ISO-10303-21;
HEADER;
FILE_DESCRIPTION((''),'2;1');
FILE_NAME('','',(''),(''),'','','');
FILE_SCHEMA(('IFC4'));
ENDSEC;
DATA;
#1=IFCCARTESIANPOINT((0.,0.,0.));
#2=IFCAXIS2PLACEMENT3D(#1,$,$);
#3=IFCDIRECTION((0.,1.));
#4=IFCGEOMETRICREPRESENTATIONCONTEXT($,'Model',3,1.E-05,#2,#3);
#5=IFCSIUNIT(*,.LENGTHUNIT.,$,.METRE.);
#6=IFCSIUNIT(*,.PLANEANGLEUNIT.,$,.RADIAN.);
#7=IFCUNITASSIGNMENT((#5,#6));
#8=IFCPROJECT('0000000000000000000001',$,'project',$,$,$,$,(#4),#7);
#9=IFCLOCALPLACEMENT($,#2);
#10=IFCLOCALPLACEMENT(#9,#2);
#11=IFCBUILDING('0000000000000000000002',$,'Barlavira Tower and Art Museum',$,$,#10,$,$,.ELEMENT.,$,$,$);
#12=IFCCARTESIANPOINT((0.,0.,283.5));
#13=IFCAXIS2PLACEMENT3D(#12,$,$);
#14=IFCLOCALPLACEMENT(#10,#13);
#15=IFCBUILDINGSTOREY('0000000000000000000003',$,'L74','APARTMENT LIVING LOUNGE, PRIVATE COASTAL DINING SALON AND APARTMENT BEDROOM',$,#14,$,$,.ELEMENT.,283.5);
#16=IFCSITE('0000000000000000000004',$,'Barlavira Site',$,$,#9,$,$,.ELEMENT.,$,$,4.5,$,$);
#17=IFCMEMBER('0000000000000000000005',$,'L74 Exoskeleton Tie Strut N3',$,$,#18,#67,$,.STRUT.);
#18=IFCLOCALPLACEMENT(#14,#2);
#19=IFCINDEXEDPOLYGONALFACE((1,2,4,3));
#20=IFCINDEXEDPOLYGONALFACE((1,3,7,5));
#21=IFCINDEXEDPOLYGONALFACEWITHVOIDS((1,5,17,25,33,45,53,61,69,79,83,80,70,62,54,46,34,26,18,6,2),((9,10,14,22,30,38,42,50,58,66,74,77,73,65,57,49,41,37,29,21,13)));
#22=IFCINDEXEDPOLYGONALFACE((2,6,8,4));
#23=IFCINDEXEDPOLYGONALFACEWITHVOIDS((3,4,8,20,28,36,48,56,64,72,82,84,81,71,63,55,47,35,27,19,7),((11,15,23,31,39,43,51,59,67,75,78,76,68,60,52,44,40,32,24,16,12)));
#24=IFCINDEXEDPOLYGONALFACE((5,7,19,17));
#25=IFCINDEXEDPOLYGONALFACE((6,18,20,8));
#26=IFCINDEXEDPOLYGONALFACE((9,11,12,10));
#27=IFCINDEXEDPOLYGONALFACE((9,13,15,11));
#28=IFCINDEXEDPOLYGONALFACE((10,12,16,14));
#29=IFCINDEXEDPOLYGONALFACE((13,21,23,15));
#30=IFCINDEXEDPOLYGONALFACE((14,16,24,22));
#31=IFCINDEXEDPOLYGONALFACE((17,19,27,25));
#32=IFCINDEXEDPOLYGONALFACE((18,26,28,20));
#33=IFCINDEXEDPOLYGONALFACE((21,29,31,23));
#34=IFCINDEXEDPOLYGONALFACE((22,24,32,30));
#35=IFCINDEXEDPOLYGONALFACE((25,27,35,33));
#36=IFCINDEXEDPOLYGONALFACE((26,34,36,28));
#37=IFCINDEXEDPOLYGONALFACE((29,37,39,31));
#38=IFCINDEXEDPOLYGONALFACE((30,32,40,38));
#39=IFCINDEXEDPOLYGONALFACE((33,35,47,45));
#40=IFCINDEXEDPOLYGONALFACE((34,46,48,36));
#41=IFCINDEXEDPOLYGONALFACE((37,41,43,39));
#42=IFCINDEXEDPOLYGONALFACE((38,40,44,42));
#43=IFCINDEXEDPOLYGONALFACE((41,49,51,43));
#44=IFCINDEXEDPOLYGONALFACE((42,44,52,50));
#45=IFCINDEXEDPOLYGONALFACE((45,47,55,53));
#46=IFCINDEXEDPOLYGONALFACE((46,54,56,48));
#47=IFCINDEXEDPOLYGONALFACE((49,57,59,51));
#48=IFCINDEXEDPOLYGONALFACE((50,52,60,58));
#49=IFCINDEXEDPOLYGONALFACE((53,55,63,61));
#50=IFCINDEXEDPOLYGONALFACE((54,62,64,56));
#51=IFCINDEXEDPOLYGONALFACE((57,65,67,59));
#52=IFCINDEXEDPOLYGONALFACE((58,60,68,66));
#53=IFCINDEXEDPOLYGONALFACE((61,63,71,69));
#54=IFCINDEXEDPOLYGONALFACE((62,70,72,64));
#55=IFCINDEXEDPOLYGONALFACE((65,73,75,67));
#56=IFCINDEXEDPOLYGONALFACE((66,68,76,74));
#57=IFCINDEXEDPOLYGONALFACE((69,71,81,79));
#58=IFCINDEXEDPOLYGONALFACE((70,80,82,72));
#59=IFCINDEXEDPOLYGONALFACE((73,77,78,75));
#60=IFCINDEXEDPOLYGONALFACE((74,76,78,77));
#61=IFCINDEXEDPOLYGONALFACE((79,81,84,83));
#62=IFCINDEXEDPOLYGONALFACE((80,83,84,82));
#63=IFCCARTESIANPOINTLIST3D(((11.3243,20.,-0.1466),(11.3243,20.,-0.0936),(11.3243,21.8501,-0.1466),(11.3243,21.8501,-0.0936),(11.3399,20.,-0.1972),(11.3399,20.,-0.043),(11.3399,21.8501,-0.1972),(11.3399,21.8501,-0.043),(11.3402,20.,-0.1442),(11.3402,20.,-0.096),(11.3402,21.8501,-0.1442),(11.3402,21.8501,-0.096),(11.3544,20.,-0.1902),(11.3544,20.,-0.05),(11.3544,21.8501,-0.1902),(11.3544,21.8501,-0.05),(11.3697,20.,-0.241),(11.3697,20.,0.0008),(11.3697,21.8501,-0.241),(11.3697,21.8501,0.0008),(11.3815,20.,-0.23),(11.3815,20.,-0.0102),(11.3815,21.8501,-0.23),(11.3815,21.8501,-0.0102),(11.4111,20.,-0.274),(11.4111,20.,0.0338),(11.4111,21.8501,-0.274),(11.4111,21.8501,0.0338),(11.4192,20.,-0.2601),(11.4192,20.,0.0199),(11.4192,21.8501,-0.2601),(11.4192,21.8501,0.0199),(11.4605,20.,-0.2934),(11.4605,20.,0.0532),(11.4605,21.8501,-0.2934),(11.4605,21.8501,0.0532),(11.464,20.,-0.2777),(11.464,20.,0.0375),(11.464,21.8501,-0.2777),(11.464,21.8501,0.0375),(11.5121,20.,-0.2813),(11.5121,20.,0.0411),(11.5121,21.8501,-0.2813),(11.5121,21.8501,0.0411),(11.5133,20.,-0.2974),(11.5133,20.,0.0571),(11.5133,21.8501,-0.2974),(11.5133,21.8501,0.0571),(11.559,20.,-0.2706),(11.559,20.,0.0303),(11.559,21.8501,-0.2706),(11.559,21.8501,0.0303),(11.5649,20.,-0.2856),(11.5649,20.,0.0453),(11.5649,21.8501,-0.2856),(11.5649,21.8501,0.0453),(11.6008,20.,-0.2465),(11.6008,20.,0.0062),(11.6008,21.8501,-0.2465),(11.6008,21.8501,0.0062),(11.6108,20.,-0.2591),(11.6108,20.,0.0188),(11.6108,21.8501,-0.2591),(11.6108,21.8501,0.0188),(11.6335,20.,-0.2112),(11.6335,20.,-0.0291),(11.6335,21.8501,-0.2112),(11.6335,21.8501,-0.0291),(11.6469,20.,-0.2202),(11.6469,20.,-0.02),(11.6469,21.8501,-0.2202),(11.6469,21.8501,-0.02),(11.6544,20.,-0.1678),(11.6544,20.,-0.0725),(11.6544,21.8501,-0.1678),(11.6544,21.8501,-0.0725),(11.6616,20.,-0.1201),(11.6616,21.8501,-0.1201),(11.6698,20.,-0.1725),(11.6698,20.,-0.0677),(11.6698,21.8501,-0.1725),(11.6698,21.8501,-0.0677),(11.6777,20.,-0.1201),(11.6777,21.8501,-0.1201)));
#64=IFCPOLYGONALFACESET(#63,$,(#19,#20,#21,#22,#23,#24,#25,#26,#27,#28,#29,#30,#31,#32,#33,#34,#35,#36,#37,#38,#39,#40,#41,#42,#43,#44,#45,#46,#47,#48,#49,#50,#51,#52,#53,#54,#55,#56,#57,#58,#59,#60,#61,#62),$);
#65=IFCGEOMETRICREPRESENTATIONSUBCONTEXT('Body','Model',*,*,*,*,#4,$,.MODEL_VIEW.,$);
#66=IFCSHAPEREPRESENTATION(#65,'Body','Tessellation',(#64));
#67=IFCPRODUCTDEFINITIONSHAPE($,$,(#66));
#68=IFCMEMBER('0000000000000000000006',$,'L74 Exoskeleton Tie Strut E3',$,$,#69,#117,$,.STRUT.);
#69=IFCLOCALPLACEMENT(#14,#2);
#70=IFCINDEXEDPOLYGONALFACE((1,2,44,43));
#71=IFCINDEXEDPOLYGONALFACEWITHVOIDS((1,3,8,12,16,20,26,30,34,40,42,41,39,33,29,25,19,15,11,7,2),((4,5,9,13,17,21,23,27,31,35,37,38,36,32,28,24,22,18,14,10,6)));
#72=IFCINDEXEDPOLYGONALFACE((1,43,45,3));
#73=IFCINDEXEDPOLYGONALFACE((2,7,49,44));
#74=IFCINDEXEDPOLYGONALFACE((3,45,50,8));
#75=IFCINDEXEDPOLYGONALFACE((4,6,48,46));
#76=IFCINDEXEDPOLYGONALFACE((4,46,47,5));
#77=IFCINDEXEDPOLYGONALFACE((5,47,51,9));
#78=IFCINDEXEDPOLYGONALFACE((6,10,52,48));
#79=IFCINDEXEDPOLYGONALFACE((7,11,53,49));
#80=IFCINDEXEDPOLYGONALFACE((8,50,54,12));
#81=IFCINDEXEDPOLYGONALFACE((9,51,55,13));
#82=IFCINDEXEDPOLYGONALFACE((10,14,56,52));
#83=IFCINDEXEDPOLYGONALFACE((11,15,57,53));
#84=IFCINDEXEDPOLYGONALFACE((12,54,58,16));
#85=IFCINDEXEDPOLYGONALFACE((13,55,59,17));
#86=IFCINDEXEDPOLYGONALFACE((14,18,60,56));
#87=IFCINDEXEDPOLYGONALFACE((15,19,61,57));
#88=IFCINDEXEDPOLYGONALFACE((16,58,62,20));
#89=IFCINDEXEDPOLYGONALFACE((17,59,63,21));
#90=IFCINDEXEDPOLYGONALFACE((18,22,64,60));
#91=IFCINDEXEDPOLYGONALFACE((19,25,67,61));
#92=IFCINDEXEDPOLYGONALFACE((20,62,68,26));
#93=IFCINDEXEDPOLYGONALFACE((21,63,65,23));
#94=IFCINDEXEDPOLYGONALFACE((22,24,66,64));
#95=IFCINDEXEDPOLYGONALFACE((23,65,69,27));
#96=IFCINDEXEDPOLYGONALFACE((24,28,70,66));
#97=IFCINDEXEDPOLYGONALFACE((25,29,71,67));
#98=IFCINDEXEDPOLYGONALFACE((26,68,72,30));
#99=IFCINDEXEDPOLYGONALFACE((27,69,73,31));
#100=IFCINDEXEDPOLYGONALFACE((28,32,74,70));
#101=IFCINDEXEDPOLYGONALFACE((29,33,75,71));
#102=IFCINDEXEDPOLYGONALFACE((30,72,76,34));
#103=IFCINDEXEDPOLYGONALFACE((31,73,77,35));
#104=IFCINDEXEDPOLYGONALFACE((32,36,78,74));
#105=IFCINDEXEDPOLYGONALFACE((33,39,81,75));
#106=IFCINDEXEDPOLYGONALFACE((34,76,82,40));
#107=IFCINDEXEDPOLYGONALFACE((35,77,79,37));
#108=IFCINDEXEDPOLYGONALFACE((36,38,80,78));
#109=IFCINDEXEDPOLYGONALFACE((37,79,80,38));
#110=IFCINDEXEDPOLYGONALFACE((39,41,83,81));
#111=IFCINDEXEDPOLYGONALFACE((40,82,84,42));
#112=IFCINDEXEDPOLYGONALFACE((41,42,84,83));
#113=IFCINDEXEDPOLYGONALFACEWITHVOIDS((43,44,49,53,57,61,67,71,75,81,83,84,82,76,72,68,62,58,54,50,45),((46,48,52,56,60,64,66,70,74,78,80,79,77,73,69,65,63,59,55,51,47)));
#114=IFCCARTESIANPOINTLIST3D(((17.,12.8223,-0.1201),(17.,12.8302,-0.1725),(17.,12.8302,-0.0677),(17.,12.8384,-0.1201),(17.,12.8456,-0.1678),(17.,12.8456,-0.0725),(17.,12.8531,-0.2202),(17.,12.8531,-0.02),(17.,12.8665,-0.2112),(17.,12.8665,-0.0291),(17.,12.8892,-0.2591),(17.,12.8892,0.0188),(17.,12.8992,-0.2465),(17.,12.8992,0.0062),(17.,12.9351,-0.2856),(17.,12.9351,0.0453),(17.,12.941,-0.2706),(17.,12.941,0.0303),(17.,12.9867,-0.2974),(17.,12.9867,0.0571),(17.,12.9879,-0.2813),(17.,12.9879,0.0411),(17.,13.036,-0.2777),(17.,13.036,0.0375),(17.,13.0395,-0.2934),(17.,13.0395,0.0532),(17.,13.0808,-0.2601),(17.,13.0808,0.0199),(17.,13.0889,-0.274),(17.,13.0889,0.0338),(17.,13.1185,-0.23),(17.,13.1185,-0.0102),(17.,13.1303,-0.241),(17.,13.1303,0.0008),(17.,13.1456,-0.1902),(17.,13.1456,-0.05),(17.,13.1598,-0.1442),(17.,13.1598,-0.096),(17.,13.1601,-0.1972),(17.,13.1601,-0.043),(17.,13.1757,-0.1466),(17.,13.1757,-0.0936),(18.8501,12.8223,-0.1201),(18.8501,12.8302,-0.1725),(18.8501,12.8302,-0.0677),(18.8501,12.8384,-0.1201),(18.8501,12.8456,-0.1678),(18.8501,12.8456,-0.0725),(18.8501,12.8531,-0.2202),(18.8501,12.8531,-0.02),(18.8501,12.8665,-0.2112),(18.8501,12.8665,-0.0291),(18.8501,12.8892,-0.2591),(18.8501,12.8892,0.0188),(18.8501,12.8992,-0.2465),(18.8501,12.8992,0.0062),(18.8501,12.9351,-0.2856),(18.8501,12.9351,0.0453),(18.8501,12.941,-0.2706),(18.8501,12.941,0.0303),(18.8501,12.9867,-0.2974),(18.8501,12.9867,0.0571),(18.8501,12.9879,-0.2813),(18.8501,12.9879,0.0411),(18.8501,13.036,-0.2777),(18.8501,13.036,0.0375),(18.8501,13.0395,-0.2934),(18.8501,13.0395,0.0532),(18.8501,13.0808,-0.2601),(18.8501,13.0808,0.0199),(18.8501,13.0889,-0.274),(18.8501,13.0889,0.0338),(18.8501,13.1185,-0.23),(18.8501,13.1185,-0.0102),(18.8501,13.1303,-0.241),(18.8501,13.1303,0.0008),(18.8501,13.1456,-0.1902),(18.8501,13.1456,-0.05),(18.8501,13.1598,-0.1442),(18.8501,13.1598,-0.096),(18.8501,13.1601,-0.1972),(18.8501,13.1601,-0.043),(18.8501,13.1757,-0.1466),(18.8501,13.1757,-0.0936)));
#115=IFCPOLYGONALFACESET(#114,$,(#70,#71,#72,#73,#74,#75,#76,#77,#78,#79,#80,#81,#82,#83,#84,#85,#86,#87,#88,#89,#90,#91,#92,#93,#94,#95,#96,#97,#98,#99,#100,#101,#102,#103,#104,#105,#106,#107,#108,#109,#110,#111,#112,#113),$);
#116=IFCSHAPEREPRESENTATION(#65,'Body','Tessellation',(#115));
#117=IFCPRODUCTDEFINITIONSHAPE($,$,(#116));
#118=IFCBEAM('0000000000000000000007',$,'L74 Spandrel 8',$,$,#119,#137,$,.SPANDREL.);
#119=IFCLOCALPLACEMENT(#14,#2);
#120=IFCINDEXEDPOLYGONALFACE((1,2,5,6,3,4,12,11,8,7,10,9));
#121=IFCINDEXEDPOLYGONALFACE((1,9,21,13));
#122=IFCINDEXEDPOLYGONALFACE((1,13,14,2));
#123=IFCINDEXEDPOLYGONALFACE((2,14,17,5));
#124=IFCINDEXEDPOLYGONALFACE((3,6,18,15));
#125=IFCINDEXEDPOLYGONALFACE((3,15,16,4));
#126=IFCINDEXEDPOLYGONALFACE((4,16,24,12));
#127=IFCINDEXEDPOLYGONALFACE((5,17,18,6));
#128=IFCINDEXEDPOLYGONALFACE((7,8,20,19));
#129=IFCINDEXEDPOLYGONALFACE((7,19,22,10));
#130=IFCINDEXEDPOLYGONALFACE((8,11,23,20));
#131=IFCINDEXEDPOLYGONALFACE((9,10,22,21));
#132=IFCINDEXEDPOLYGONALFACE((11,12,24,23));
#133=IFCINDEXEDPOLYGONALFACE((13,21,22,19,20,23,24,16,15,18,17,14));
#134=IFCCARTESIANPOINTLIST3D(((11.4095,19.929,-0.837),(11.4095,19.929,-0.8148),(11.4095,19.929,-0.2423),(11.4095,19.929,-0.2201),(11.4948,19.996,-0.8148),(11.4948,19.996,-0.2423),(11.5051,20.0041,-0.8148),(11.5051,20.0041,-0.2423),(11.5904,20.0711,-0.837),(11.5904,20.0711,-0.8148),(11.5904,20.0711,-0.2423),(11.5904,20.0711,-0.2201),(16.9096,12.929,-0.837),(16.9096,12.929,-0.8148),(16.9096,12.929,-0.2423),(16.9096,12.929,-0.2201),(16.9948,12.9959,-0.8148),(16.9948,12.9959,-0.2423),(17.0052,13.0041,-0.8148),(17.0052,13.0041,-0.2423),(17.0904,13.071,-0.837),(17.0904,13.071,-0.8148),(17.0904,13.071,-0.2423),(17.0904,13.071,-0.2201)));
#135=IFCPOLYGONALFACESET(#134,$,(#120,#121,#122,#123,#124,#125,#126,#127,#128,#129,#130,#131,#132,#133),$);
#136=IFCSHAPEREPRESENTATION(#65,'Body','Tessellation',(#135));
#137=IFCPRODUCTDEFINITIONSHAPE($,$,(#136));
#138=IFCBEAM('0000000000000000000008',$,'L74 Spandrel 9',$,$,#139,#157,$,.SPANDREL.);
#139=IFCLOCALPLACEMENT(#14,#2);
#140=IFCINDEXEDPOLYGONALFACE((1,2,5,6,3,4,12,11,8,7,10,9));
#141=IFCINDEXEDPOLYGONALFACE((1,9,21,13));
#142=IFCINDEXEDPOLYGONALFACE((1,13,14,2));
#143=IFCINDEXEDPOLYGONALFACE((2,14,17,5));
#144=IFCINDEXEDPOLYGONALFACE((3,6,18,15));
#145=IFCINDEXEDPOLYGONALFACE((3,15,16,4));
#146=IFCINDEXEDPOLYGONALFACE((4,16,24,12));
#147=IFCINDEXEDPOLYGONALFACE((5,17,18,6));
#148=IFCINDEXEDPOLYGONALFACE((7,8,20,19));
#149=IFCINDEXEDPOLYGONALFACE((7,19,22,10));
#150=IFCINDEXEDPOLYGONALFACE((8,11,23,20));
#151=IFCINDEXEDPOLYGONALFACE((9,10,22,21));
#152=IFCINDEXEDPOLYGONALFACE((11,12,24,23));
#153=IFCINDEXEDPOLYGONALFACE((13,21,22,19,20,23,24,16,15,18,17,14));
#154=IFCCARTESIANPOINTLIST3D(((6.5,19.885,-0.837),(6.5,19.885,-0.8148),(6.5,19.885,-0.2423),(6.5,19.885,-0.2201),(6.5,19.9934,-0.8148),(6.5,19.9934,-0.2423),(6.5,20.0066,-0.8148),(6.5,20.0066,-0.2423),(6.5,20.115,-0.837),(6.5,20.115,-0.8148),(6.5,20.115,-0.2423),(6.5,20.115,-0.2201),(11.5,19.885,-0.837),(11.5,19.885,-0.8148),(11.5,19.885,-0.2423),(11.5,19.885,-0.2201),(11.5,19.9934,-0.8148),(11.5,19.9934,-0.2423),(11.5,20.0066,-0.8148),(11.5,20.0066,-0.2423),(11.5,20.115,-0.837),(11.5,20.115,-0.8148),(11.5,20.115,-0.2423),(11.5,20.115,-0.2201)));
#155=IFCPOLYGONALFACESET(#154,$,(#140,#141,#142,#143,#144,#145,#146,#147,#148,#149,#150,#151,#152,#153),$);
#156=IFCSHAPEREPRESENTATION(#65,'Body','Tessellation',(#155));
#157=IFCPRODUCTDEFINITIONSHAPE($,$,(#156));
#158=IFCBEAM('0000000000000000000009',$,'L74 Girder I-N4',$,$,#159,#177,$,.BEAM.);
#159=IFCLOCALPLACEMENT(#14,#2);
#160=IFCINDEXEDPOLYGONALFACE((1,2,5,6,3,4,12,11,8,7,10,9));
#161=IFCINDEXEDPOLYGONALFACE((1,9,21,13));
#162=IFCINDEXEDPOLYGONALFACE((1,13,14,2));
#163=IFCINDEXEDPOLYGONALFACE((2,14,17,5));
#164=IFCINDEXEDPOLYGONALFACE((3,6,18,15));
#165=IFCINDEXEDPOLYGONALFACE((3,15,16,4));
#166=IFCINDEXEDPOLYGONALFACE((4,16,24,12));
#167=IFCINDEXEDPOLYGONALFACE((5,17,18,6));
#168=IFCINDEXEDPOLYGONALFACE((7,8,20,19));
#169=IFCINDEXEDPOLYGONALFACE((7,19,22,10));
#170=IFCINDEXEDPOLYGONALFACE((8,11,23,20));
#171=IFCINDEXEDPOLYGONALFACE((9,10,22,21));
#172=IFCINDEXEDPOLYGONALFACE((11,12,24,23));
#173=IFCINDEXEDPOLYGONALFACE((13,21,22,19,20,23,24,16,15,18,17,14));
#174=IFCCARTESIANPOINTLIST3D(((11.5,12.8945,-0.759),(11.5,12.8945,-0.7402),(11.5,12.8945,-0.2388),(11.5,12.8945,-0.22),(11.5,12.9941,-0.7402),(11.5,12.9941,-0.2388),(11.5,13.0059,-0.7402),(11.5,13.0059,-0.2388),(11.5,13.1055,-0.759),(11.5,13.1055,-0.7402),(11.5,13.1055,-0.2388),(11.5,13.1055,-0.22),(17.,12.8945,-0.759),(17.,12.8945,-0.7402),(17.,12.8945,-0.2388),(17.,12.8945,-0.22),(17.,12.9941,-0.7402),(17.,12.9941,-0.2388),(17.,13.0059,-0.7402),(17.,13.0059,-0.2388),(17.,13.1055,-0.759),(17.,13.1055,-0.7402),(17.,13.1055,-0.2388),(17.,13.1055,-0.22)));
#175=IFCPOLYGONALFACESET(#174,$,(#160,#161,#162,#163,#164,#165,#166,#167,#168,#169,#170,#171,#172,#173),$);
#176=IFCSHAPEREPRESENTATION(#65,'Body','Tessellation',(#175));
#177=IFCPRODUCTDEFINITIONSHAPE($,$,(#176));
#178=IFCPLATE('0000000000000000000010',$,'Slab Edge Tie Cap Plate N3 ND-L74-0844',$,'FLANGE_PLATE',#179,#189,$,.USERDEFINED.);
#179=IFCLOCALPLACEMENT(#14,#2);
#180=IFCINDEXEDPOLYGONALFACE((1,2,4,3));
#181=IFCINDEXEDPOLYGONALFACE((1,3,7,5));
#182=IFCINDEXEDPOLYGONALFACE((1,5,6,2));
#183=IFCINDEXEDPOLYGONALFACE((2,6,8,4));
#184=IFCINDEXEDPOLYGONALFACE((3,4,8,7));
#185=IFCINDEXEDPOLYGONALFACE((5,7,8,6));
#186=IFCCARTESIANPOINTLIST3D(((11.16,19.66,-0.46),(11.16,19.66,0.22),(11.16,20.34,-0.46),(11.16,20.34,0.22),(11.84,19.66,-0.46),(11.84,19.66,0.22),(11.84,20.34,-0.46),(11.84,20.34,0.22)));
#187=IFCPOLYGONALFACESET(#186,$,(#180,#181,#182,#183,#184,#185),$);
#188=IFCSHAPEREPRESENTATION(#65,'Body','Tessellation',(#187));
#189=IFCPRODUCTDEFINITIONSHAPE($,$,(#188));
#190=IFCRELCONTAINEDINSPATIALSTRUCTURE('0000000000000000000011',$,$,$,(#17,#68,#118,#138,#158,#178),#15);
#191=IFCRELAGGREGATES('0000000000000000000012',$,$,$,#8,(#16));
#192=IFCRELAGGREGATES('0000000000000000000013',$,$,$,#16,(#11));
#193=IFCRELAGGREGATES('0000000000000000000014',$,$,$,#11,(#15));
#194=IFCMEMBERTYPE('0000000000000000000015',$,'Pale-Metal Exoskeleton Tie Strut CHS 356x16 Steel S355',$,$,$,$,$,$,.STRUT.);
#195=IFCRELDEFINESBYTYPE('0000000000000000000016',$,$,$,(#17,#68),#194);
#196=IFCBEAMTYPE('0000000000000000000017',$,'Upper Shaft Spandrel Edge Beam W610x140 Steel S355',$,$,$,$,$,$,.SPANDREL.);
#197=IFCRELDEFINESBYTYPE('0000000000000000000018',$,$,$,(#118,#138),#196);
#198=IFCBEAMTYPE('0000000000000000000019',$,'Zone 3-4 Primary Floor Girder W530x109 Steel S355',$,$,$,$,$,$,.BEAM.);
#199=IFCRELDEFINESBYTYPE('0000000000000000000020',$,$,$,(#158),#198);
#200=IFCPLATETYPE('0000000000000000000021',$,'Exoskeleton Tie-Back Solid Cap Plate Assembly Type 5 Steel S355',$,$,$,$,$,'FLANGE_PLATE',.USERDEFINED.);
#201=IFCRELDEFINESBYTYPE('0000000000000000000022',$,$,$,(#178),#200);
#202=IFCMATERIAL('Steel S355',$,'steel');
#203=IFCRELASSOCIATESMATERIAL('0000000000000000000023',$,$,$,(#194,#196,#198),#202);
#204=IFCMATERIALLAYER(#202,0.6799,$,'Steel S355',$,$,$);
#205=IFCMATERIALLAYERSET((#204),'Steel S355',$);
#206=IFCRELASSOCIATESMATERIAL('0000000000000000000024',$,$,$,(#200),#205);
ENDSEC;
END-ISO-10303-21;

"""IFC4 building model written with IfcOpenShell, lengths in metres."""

from ifc_helpers import new_model, si_unit, direction, frame, origin, origin_2d, place, context, subcontext, project, spatial, rectangle, hollow_circle, i_section, extrude, material, layer, layer_set, material_profile, profile_set, type_object, element, save


model = new_model("IFC4")

# Units and contexts
model_context = context("Model", 3, precision=1e-05, world=origin(), true_north=direction((0.0, 1.0)))
body_context = subcontext(model_context, "Body", "Model", "MODEL_VIEW")
ifc_project = project(units=[si_unit("LENGTHUNIT", "METRE"), si_unit("PLANEANGLEUNIT", "RADIAN")], contexts=[model_context])

# Site, building, storey
site_placement = place(None, origin())
site = spatial("IfcSite", under=ifc_project, at=site_placement, Name="Barlavira Site", CompositionType="ELEMENT", RefElevation=4.5)
building_placement = place(site_placement, origin())
building = spatial("IfcBuilding", under=site, at=building_placement, Name="Barlavira Tower and Art Museum", CompositionType="ELEMENT")
storey_placement = place(building_placement, frame((0.0, 0.0, 283.5)))
storey = spatial("IfcBuildingStorey", under=building, at=storey_placement, Name="L74", Description="APARTMENT LIVING LOUNGE, PRIVATE COASTAL DINING SALON AND APARTMENT BEDROOM", CompositionType="ELEMENT", Elevation=283.5)

# Members
ifc_material_1 = material(Name="Steel S355", Category="steel")
ifc_material_profile_1 = material_profile(ifc_material_1, hollow_circle(Radius=0.1777, WallThickness=0.0161, at=origin_2d()), Name="CHS 355.6x16.0")
ifc_profile_set_1 = profile_set([ifc_material_profile_1], Name="Steel S355")
member_type_1 = type_object("IfcMemberType", Name="Pale-Metal Exoskeleton Tie Strut CHS 356x16 Steel S355", PredefinedType="STRUT", material=ifc_profile_set_1)
for number, where, z_axis, x_axis, name in (
    (1, (11.5, 21.8501, -0.1201), (0.0, -1.0, 0.0), (1.0, 0.0, 0.0), "L74 Exoskeleton Tie Strut N3"),
    (2, (18.8501, 13.0, -0.1201), (-1.0, 0.0, 0.0), (0.0, -1.0, 0.0), "L74 Exoskeleton Tie Strut E3"),
):
    element("IfcMember", number, at=place(storey_placement, frame(where, z_axis=z_axis, x_axis=x_axis)), inside=storey, type_object=member_type_1, Name=name, PredefinedType="STRUT", context=body_context, shape_type="SweptSolid", body=[
        extrude(hollow_circle(Radius=0.1777, WallThickness=0.0161, at=origin_2d()), origin(), (0.0, 0.0, 1.0), 1.8501),
    ])

# Beams
ifc_material_profile_2 = material_profile(ifc_material_1, i_section(OverallWidth=0.23, OverallDepth=0.6169, WebThickness=0.0132, FlangeThickness=0.0222, at=origin_2d()), Name="W610x140.0")
ifc_profile_set_2 = profile_set([ifc_material_profile_2], Name="Steel S355")
beam_type_1 = type_object("IfcBeamType", Name="Upper Shaft Spandrel Edge Beam W610x140 Steel S355", PredefinedType="SPANDREL", material=ifc_profile_set_2)
beam_1_placement = place(storey_placement, frame((17.0, 13.0, -0.5286), z_axis=(-0.617822, 0.786318, 0.0), x_axis=(-0.786318, -0.617822, 0.0)))
element("IfcBeam", 3, at=beam_1_placement, inside=storey, type_object=beam_type_1, Name="L74 Spandrel 8", PredefinedType="SPANDREL", context=body_context, shape_type="SweptSolid", body=[
    extrude(i_section(OverallWidth=0.23, OverallDepth=0.6169, WebThickness=0.0132, FlangeThickness=0.0222, at=origin_2d()), origin(), (0.0, 0.0, 1.0), 8.9023),
])
beam_2_placement = place(storey_placement, frame((6.5, 20.0, -0.5286), z_axis=(1.0, 0.0, 0.0), x_axis=(0.0, 1.0, 0.0)))
element("IfcBeam", 4, at=beam_2_placement, inside=storey, type_object=beam_type_1, Name="L74 Spandrel 9", PredefinedType="SPANDREL", context=body_context, shape_type="SweptSolid", body=[
    extrude(i_section(OverallWidth=0.23, OverallDepth=0.6169, WebThickness=0.0132, FlangeThickness=0.0222, at=origin_2d()), origin(), (0.0, 0.0, 1.0), 5.0),
])
ifc_material_profile_3 = material_profile(ifc_material_1, i_section(OverallWidth=0.2109, OverallDepth=0.5391, WebThickness=0.0117, FlangeThickness=0.0188, at=origin_2d()), Name="W530x109.0")
ifc_profile_set_3 = profile_set([ifc_material_profile_3], Name="Steel S355")
beam_type_2 = type_object("IfcBeamType", Name="Zone 3-4 Primary Floor Girder W530x109 Steel S355", PredefinedType="BEAM", material=ifc_profile_set_3)
beam_3_placement = place(storey_placement, frame((11.5, 13.0, -0.4895), z_axis=(1.0, 0.0, 0.0), x_axis=(0.0, 1.0, 0.0)))
element("IfcBeam", 5, at=beam_3_placement, inside=storey, type_object=beam_type_2, Name="L74 Girder I-N4", PredefinedType="BEAM", context=body_context, shape_type="SweptSolid", body=[
    extrude(i_section(OverallWidth=0.2109, OverallDepth=0.5391, WebThickness=0.0117, FlangeThickness=0.0188, at=origin_2d()), origin(), (0.0, 0.0, 1.0), 5.5),
])

# Plate
ifc_layer_1 = layer(ifc_material_1, 0.6799, Name="Steel S355")
ifc_layer_set_1 = layer_set([ifc_layer_1], Name="Steel S355")
plate_type = type_object("IfcPlateType", Name="Exoskeleton Tie-Back Solid Cap Plate Assembly Type 5 Steel S355", ElementType="FLANGE_PLATE", PredefinedType="USERDEFINED", material=ifc_layer_set_1)
for number, where, z_axis, x_axis, name in (
    (6, (11.5, 20.0, -0.46), (0.0, 0.0, 1.0), (1.0, 0.0, 0.0), "Slab Edge Tie Cap Plate N3 ND-L74-0844"),
):
    element("IfcPlate", number, at=place(storey_placement, frame(where, z_axis=z_axis, x_axis=x_axis)), inside=storey, type_object=plate_type, Name=name, ObjectType="FLANGE_PLATE", PredefinedType="USERDEFINED", context=body_context, shape_type="SweptSolid", body=[
        extrude(rectangle(XDim=0.6799, YDim=0.6799, at=origin_2d()), origin(), (0.0, 0.0, 1.0), 0.6799),
    ])

save(model, "model.ifc")
